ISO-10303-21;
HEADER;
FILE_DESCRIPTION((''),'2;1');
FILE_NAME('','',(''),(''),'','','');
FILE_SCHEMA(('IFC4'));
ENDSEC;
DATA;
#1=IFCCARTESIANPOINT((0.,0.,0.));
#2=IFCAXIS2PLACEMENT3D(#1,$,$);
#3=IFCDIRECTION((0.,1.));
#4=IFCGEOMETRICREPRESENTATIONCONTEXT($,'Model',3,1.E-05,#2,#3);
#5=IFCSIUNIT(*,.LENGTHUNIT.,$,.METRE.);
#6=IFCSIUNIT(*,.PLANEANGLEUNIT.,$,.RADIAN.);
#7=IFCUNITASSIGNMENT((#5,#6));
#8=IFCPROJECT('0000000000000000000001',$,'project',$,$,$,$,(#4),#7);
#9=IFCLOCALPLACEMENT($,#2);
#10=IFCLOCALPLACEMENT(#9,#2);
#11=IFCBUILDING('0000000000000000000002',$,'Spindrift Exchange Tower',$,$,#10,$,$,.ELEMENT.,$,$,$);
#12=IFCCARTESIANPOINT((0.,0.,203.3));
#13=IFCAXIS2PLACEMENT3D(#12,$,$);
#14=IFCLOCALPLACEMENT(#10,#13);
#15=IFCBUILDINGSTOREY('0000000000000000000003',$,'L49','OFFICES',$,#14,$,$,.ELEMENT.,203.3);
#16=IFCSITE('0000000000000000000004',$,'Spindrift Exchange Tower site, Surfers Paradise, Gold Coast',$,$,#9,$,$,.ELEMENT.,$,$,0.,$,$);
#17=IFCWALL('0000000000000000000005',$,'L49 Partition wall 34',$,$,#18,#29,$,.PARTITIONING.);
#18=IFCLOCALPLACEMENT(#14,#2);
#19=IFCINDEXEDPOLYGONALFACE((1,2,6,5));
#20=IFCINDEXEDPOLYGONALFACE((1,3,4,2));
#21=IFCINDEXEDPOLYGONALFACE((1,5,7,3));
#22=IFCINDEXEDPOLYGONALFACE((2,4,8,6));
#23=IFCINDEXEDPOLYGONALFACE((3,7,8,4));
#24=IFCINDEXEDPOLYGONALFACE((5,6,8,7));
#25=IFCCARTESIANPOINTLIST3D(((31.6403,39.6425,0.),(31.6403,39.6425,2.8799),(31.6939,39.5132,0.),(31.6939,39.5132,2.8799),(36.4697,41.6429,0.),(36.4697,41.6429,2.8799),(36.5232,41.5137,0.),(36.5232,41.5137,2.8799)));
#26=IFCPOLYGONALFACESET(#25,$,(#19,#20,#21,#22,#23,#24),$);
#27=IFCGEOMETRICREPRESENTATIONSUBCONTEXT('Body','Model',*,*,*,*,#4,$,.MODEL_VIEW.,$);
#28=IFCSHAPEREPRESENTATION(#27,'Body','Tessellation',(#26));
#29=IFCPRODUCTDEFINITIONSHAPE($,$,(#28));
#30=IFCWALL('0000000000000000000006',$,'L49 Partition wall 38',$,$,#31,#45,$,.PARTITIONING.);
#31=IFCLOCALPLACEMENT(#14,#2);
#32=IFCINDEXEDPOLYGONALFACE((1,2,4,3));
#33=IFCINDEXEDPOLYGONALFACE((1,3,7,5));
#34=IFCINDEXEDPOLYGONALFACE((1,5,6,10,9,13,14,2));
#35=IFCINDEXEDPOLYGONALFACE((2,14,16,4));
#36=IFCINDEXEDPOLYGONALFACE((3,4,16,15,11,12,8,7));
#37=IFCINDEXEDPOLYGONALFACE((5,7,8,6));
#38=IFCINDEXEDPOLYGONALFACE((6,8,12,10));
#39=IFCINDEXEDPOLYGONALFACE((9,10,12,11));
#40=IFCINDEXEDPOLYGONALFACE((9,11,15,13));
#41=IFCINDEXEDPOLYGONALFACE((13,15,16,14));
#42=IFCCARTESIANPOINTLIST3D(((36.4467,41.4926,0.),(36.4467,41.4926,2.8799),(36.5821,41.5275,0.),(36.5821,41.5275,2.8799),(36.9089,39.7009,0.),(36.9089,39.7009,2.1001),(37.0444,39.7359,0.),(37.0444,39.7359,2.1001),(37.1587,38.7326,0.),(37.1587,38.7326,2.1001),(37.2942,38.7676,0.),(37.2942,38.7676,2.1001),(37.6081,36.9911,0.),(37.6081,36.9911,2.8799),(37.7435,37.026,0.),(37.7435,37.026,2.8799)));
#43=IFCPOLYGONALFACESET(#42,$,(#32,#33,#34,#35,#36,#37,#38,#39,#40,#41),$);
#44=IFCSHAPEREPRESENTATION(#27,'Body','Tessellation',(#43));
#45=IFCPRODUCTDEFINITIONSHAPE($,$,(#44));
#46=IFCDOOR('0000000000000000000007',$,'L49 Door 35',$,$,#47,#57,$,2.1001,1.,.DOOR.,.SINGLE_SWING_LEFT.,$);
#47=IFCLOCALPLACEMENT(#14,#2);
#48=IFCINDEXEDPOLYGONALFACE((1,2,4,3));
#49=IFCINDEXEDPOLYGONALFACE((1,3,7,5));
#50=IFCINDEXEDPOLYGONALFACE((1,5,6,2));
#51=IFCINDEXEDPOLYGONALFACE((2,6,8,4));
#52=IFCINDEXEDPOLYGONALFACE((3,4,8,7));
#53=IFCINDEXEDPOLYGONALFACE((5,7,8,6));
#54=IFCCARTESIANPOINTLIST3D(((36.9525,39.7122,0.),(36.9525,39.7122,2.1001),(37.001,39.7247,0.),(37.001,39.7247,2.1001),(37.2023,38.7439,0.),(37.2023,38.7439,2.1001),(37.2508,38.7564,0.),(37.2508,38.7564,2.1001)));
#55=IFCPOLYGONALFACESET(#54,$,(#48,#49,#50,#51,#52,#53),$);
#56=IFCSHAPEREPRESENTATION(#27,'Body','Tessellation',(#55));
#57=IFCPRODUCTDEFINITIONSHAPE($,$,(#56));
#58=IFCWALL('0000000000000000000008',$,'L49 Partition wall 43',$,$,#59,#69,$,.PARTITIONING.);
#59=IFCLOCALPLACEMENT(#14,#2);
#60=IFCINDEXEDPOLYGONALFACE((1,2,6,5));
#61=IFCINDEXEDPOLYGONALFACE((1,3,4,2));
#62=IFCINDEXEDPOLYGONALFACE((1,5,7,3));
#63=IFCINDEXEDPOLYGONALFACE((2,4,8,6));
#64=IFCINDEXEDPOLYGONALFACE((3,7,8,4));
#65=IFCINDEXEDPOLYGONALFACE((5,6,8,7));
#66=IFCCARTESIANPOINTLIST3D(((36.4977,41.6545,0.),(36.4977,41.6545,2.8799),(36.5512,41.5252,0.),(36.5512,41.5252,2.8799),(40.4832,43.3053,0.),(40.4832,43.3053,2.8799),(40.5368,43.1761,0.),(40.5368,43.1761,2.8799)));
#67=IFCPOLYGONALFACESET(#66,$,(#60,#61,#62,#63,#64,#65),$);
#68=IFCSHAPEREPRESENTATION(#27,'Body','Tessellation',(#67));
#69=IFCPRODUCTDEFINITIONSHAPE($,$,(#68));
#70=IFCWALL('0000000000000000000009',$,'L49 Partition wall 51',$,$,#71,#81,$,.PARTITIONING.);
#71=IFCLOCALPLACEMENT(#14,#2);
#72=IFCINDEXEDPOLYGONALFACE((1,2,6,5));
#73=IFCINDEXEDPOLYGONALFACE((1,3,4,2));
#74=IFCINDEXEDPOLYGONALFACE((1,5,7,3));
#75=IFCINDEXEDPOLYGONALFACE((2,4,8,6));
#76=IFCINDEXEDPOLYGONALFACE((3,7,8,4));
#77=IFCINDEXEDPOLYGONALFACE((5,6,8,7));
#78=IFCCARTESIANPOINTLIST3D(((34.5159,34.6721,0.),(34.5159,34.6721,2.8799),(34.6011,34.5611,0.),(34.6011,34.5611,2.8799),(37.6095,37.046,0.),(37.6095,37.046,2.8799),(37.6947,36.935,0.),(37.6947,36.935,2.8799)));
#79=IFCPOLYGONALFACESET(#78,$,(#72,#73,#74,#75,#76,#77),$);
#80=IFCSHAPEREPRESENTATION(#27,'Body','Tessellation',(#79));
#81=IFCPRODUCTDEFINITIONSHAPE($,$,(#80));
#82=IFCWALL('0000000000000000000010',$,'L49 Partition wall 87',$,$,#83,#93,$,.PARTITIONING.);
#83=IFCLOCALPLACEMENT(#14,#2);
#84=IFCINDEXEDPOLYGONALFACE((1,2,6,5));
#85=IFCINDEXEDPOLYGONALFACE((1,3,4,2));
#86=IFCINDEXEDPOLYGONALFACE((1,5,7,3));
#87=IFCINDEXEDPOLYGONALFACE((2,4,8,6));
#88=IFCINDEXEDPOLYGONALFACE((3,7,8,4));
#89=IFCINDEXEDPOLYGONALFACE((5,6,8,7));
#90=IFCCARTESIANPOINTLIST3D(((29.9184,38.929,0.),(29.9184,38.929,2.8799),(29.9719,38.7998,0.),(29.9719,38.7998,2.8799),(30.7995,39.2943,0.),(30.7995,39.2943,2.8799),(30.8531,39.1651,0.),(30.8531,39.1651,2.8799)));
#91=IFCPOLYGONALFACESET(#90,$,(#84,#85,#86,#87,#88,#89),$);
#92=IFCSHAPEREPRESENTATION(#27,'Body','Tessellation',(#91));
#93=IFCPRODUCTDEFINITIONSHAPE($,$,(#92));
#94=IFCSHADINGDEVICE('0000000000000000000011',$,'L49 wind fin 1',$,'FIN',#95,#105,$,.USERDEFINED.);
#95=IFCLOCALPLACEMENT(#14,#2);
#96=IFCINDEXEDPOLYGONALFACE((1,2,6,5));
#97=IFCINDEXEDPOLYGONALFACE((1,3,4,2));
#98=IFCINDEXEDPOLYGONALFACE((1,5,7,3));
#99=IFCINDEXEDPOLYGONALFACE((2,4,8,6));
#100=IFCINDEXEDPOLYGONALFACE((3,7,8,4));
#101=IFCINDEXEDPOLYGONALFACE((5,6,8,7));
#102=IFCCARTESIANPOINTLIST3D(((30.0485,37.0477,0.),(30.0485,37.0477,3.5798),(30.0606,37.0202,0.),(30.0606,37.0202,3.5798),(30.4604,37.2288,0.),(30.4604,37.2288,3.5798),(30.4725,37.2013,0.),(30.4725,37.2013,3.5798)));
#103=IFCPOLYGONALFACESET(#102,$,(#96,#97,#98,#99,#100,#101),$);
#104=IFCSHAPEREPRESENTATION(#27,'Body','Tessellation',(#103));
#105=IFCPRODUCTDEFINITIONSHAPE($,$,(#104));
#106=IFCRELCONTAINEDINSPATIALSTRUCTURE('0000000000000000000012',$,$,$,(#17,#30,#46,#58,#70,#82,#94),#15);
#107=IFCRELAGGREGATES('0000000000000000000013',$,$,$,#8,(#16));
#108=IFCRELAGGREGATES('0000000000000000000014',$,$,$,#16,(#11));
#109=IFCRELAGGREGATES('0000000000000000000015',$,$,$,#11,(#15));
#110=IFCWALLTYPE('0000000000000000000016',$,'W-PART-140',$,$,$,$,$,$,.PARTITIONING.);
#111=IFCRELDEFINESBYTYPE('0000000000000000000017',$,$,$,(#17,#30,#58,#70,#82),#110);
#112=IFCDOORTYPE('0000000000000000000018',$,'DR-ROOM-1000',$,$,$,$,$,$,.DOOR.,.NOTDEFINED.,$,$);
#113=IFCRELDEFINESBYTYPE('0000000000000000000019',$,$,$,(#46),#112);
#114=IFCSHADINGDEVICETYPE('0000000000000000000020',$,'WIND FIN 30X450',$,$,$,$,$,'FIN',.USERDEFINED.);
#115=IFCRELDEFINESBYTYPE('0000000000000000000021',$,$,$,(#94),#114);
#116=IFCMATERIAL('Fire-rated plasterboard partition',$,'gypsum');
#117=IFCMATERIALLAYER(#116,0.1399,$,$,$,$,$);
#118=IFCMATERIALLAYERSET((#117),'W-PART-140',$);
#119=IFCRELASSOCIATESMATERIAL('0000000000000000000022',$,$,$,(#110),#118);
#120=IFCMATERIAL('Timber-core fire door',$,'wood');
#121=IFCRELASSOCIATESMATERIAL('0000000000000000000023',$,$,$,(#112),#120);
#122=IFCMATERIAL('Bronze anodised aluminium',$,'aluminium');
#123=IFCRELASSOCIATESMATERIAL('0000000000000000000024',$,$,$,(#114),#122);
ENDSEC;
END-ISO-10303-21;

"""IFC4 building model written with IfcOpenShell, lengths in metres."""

from ifc_helpers import new_model, si_unit, direction, frame, frame_2d, origin, origin_2d, place, context, subcontext, project, spatial, rectangle, extrude, source, transform, mapped, material, layer, layer_set, material_profile, profile_set, type_object, element, fill, save


model = new_model("IFC4")

# Units and contexts
model_context = context("Model", 3, precision=1e-05, world=origin(), true_north=direction((0.0, 1.0)))
body_context = subcontext(model_context, "Body", "Model", "MODEL_VIEW")
ifc_project = project(units=[si_unit("LENGTHUNIT", "METRE"), si_unit("PLANEANGLEUNIT", "RADIAN")], contexts=[model_context])

# Site, building, storey
site_placement = place(None, origin())
site = spatial("IfcSite", under=ifc_project, at=site_placement, Name="Spindrift Exchange Tower site, Surfers Paradise, Gold Coast", CompositionType="ELEMENT", RefElevation=0.0)
building_placement = place(site_placement, origin())
building = spatial("IfcBuilding", under=site, at=building_placement, Name="Spindrift Exchange Tower", CompositionType="ELEMENT")
storey_placement = place(building_placement, frame((0.0, 0.0, 203.3)))
storey = spatial("IfcBuildingStorey", under=building, at=storey_placement, Name="L49", Description="OFFICES", CompositionType="ELEMENT", Elevation=203.3)

# Shared definitions
ifc_material_1 = material(Name="Bronze anodised aluminium", Category="aluminium")

# Wall
ifc_material_2 = material(Name="Fire-rated plasterboard partition", Category="gypsum")
ifc_layer_1 = layer(ifc_material_2, 0.1399)
ifc_layer_set_1 = layer_set([ifc_layer_1], Name="W-PART-140")
wall_type = type_object("IfcWallType", Name="W-PART-140", PredefinedType="PARTITIONING", material=ifc_layer_set_1)
wall_1_placement = place(storey_placement, frame((36.4966, 41.5784, 0.0), z_axis=(0.0, 0.0, 1.0), x_axis=(-0.923872, -0.382701, 0.0)))
element("IfcWall", 1, at=wall_1_placement, inside=storey, type_object=wall_type, Name="L49 Partition wall 34", PredefinedType="PARTITIONING", context=body_context, shape_type="SweptSolid", body=[
    extrude(rectangle(XDim=5.2273, YDim=0.1399, at=frame_2d((2.6138, 0.0))), origin(), (0.0, 0.0, 1.0), 2.8799),
])

# Wall, opening, door
wall_2_placement = place(storey_placement, frame((37.6758, 37.0085, 0.0), z_axis=(0.0, 0.0, 1.0), x_axis=(-0.249819, 0.968292, 0.0)))
wall_2 = element("IfcWall", 2, at=wall_2_placement, inside=storey, type_object=wall_type, Name="L49 Partition wall 38", PredefinedType="PARTITIONING", context=body_context, shape_type="SweptSolid", body=[
    extrude(rectangle(XDim=4.6489, YDim=0.1399, at=frame_2d((2.3245, 0.0))), origin(), (0.0, 0.0, 1.0), 2.8799),
])
opening_placement = place(wall_2_placement, frame((1.7986, 0.0, 0.0)))
opening = element("IfcOpeningElement", 3, at=opening_placement, cuts=wall_2, PredefinedType="OPENING", context=body_context, shape_type="SweptSolid", body=[
    extrude(rectangle(XDim=1.0, YDim=2.1001, at=frame_2d((0.5, 1.05))), frame((0.0, 0.0798, 0.0), z_axis=(0.0, -1.0, 0.0), x_axis=(1.0, 0.0, 0.0)), (0.0, 0.0, 1.0), 0.1599),
])
ifc_material_3 = material(Name="Timber-core fire door", Category="wood")
door_type = type_object("IfcDoorType", Name="DR-ROOM-1000", OperationType="NOTDEFINED", PredefinedType="DOOR", material=ifc_material_3)
shared_shape_1 = source(origin(), body_context, "Body", "SweptSolid", [
    extrude(rectangle(XDim=1.0, YDim=2.1001, at=frame_2d((0.5, 1.05))), frame((0.0, 0.0249, 0.0), z_axis=(0.0, -1.0, 0.0), x_axis=(1.0, 0.0, 0.0)), (0.0, 0.0, 1.0), 0.05),
])
door_placement = place(opening_placement, origin())
door = element("IfcDoor", 4, at=door_placement, inside=storey, type_object=door_type, Name="L49 Door 35", OperationType="SINGLE_SWING_LEFT", OverallHeight=2.1001, OverallWidth=1.0, PredefinedType="DOOR", context=body_context, shape_type="MappedRepresentation", body=[
    mapped(shared_shape_1, transform((0.0, 0.0, 0.0), scale=1.0)),
])
fill(opening, door)

# Walls
wall_3_placement = place(storey_placement, frame((40.51, 43.2407, 0.0), z_axis=(0.0, 0.0, 1.0), x_axis=(-0.92388, -0.382682, 0.0)))
element("IfcWall", 5, at=wall_3_placement, inside=storey, type_object=wall_type, Name="L49 Partition wall 43", PredefinedType="PARTITIONING", context=body_context, shape_type="SweptSolid", body=[
    extrude(rectangle(XDim=4.314, YDim=0.1399, at=frame_2d((2.157, 0.0))), origin(), (0.0, 0.0, 1.0), 2.8799),
])
wall_4_placement = place(storey_placement, frame((37.6521, 36.9905, 0.0), z_axis=(0.0, 0.0, 1.0), x_axis=(-0.793347, -0.608769, 0.0)))
element("IfcWall", 6, at=wall_4_placement, inside=storey, type_object=wall_type, Name="L49 Partition wall 51", PredefinedType="PARTITIONING", context=body_context, shape_type="SweptSolid", body=[
    extrude(rectangle(XDim=3.8994, YDim=0.1399, at=frame_2d((1.9497, 0.0))), origin(), (0.0, 0.0, 1.0), 2.8799),
])
wall_5_placement = place(storey_placement, frame((30.8264, 39.2297, 0.0), z_axis=(0.0, 0.0, 1.0), x_axis=(-0.92378, -0.382924, 0.0)))
element("IfcWall", 7, at=wall_5_placement, inside=storey, type_object=wall_type, Name="L49 Partition wall 87", PredefinedType="PARTITIONING", context=body_context, shape_type="SweptSolid", body=[
    extrude(rectangle(XDim=0.9539, YDim=0.1399, at=frame_2d((0.4771, 0.0))), origin(), (0.0, 0.0, 1.0), 2.8799),
])

# Shading device
ifc_material_profile_1 = material_profile(ifc_material_1, rectangle(XDim=0.03, YDim=0.45, at=origin_2d()), Name="WIND FIN 30X450")
ifc_profile_set_1 = profile_set([ifc_material_profile_1], Name="Bronze anodised aluminium")
shading_device_type = type_object("IfcShadingDeviceType", Name="WIND FIN 30X450", ElementType="FIN", PredefinedType="USERDEFINED", material=ifc_profile_set_1)
shared_shape_2 = source(origin(), body_context, "Body", "SweptSolid", [
    extrude(rectangle(XDim=0.03, YDim=0.45, at=origin_2d()), origin(), (0.0, 0.0, 1.0), 3.5798),
])
shading_device_placement = place(storey_placement, frame((30.2605, 37.1245, 0.0), z_axis=(0.0, 0.0, 1.0), x_axis=(0.402496, -0.915422, 0.0)))
element("IfcShadingDevice", 8, at=shading_device_placement, inside=storey, type_object=shading_device_type, Name="L49 wind fin 1", ObjectType="FIN", PredefinedType="USERDEFINED", context=body_context, shape_type="MappedRepresentation", body=[
    mapped(shared_shape_2, transform((0.0, 0.0, 0.0), scale=1.0)),
])

save(model, "model.ifc")
